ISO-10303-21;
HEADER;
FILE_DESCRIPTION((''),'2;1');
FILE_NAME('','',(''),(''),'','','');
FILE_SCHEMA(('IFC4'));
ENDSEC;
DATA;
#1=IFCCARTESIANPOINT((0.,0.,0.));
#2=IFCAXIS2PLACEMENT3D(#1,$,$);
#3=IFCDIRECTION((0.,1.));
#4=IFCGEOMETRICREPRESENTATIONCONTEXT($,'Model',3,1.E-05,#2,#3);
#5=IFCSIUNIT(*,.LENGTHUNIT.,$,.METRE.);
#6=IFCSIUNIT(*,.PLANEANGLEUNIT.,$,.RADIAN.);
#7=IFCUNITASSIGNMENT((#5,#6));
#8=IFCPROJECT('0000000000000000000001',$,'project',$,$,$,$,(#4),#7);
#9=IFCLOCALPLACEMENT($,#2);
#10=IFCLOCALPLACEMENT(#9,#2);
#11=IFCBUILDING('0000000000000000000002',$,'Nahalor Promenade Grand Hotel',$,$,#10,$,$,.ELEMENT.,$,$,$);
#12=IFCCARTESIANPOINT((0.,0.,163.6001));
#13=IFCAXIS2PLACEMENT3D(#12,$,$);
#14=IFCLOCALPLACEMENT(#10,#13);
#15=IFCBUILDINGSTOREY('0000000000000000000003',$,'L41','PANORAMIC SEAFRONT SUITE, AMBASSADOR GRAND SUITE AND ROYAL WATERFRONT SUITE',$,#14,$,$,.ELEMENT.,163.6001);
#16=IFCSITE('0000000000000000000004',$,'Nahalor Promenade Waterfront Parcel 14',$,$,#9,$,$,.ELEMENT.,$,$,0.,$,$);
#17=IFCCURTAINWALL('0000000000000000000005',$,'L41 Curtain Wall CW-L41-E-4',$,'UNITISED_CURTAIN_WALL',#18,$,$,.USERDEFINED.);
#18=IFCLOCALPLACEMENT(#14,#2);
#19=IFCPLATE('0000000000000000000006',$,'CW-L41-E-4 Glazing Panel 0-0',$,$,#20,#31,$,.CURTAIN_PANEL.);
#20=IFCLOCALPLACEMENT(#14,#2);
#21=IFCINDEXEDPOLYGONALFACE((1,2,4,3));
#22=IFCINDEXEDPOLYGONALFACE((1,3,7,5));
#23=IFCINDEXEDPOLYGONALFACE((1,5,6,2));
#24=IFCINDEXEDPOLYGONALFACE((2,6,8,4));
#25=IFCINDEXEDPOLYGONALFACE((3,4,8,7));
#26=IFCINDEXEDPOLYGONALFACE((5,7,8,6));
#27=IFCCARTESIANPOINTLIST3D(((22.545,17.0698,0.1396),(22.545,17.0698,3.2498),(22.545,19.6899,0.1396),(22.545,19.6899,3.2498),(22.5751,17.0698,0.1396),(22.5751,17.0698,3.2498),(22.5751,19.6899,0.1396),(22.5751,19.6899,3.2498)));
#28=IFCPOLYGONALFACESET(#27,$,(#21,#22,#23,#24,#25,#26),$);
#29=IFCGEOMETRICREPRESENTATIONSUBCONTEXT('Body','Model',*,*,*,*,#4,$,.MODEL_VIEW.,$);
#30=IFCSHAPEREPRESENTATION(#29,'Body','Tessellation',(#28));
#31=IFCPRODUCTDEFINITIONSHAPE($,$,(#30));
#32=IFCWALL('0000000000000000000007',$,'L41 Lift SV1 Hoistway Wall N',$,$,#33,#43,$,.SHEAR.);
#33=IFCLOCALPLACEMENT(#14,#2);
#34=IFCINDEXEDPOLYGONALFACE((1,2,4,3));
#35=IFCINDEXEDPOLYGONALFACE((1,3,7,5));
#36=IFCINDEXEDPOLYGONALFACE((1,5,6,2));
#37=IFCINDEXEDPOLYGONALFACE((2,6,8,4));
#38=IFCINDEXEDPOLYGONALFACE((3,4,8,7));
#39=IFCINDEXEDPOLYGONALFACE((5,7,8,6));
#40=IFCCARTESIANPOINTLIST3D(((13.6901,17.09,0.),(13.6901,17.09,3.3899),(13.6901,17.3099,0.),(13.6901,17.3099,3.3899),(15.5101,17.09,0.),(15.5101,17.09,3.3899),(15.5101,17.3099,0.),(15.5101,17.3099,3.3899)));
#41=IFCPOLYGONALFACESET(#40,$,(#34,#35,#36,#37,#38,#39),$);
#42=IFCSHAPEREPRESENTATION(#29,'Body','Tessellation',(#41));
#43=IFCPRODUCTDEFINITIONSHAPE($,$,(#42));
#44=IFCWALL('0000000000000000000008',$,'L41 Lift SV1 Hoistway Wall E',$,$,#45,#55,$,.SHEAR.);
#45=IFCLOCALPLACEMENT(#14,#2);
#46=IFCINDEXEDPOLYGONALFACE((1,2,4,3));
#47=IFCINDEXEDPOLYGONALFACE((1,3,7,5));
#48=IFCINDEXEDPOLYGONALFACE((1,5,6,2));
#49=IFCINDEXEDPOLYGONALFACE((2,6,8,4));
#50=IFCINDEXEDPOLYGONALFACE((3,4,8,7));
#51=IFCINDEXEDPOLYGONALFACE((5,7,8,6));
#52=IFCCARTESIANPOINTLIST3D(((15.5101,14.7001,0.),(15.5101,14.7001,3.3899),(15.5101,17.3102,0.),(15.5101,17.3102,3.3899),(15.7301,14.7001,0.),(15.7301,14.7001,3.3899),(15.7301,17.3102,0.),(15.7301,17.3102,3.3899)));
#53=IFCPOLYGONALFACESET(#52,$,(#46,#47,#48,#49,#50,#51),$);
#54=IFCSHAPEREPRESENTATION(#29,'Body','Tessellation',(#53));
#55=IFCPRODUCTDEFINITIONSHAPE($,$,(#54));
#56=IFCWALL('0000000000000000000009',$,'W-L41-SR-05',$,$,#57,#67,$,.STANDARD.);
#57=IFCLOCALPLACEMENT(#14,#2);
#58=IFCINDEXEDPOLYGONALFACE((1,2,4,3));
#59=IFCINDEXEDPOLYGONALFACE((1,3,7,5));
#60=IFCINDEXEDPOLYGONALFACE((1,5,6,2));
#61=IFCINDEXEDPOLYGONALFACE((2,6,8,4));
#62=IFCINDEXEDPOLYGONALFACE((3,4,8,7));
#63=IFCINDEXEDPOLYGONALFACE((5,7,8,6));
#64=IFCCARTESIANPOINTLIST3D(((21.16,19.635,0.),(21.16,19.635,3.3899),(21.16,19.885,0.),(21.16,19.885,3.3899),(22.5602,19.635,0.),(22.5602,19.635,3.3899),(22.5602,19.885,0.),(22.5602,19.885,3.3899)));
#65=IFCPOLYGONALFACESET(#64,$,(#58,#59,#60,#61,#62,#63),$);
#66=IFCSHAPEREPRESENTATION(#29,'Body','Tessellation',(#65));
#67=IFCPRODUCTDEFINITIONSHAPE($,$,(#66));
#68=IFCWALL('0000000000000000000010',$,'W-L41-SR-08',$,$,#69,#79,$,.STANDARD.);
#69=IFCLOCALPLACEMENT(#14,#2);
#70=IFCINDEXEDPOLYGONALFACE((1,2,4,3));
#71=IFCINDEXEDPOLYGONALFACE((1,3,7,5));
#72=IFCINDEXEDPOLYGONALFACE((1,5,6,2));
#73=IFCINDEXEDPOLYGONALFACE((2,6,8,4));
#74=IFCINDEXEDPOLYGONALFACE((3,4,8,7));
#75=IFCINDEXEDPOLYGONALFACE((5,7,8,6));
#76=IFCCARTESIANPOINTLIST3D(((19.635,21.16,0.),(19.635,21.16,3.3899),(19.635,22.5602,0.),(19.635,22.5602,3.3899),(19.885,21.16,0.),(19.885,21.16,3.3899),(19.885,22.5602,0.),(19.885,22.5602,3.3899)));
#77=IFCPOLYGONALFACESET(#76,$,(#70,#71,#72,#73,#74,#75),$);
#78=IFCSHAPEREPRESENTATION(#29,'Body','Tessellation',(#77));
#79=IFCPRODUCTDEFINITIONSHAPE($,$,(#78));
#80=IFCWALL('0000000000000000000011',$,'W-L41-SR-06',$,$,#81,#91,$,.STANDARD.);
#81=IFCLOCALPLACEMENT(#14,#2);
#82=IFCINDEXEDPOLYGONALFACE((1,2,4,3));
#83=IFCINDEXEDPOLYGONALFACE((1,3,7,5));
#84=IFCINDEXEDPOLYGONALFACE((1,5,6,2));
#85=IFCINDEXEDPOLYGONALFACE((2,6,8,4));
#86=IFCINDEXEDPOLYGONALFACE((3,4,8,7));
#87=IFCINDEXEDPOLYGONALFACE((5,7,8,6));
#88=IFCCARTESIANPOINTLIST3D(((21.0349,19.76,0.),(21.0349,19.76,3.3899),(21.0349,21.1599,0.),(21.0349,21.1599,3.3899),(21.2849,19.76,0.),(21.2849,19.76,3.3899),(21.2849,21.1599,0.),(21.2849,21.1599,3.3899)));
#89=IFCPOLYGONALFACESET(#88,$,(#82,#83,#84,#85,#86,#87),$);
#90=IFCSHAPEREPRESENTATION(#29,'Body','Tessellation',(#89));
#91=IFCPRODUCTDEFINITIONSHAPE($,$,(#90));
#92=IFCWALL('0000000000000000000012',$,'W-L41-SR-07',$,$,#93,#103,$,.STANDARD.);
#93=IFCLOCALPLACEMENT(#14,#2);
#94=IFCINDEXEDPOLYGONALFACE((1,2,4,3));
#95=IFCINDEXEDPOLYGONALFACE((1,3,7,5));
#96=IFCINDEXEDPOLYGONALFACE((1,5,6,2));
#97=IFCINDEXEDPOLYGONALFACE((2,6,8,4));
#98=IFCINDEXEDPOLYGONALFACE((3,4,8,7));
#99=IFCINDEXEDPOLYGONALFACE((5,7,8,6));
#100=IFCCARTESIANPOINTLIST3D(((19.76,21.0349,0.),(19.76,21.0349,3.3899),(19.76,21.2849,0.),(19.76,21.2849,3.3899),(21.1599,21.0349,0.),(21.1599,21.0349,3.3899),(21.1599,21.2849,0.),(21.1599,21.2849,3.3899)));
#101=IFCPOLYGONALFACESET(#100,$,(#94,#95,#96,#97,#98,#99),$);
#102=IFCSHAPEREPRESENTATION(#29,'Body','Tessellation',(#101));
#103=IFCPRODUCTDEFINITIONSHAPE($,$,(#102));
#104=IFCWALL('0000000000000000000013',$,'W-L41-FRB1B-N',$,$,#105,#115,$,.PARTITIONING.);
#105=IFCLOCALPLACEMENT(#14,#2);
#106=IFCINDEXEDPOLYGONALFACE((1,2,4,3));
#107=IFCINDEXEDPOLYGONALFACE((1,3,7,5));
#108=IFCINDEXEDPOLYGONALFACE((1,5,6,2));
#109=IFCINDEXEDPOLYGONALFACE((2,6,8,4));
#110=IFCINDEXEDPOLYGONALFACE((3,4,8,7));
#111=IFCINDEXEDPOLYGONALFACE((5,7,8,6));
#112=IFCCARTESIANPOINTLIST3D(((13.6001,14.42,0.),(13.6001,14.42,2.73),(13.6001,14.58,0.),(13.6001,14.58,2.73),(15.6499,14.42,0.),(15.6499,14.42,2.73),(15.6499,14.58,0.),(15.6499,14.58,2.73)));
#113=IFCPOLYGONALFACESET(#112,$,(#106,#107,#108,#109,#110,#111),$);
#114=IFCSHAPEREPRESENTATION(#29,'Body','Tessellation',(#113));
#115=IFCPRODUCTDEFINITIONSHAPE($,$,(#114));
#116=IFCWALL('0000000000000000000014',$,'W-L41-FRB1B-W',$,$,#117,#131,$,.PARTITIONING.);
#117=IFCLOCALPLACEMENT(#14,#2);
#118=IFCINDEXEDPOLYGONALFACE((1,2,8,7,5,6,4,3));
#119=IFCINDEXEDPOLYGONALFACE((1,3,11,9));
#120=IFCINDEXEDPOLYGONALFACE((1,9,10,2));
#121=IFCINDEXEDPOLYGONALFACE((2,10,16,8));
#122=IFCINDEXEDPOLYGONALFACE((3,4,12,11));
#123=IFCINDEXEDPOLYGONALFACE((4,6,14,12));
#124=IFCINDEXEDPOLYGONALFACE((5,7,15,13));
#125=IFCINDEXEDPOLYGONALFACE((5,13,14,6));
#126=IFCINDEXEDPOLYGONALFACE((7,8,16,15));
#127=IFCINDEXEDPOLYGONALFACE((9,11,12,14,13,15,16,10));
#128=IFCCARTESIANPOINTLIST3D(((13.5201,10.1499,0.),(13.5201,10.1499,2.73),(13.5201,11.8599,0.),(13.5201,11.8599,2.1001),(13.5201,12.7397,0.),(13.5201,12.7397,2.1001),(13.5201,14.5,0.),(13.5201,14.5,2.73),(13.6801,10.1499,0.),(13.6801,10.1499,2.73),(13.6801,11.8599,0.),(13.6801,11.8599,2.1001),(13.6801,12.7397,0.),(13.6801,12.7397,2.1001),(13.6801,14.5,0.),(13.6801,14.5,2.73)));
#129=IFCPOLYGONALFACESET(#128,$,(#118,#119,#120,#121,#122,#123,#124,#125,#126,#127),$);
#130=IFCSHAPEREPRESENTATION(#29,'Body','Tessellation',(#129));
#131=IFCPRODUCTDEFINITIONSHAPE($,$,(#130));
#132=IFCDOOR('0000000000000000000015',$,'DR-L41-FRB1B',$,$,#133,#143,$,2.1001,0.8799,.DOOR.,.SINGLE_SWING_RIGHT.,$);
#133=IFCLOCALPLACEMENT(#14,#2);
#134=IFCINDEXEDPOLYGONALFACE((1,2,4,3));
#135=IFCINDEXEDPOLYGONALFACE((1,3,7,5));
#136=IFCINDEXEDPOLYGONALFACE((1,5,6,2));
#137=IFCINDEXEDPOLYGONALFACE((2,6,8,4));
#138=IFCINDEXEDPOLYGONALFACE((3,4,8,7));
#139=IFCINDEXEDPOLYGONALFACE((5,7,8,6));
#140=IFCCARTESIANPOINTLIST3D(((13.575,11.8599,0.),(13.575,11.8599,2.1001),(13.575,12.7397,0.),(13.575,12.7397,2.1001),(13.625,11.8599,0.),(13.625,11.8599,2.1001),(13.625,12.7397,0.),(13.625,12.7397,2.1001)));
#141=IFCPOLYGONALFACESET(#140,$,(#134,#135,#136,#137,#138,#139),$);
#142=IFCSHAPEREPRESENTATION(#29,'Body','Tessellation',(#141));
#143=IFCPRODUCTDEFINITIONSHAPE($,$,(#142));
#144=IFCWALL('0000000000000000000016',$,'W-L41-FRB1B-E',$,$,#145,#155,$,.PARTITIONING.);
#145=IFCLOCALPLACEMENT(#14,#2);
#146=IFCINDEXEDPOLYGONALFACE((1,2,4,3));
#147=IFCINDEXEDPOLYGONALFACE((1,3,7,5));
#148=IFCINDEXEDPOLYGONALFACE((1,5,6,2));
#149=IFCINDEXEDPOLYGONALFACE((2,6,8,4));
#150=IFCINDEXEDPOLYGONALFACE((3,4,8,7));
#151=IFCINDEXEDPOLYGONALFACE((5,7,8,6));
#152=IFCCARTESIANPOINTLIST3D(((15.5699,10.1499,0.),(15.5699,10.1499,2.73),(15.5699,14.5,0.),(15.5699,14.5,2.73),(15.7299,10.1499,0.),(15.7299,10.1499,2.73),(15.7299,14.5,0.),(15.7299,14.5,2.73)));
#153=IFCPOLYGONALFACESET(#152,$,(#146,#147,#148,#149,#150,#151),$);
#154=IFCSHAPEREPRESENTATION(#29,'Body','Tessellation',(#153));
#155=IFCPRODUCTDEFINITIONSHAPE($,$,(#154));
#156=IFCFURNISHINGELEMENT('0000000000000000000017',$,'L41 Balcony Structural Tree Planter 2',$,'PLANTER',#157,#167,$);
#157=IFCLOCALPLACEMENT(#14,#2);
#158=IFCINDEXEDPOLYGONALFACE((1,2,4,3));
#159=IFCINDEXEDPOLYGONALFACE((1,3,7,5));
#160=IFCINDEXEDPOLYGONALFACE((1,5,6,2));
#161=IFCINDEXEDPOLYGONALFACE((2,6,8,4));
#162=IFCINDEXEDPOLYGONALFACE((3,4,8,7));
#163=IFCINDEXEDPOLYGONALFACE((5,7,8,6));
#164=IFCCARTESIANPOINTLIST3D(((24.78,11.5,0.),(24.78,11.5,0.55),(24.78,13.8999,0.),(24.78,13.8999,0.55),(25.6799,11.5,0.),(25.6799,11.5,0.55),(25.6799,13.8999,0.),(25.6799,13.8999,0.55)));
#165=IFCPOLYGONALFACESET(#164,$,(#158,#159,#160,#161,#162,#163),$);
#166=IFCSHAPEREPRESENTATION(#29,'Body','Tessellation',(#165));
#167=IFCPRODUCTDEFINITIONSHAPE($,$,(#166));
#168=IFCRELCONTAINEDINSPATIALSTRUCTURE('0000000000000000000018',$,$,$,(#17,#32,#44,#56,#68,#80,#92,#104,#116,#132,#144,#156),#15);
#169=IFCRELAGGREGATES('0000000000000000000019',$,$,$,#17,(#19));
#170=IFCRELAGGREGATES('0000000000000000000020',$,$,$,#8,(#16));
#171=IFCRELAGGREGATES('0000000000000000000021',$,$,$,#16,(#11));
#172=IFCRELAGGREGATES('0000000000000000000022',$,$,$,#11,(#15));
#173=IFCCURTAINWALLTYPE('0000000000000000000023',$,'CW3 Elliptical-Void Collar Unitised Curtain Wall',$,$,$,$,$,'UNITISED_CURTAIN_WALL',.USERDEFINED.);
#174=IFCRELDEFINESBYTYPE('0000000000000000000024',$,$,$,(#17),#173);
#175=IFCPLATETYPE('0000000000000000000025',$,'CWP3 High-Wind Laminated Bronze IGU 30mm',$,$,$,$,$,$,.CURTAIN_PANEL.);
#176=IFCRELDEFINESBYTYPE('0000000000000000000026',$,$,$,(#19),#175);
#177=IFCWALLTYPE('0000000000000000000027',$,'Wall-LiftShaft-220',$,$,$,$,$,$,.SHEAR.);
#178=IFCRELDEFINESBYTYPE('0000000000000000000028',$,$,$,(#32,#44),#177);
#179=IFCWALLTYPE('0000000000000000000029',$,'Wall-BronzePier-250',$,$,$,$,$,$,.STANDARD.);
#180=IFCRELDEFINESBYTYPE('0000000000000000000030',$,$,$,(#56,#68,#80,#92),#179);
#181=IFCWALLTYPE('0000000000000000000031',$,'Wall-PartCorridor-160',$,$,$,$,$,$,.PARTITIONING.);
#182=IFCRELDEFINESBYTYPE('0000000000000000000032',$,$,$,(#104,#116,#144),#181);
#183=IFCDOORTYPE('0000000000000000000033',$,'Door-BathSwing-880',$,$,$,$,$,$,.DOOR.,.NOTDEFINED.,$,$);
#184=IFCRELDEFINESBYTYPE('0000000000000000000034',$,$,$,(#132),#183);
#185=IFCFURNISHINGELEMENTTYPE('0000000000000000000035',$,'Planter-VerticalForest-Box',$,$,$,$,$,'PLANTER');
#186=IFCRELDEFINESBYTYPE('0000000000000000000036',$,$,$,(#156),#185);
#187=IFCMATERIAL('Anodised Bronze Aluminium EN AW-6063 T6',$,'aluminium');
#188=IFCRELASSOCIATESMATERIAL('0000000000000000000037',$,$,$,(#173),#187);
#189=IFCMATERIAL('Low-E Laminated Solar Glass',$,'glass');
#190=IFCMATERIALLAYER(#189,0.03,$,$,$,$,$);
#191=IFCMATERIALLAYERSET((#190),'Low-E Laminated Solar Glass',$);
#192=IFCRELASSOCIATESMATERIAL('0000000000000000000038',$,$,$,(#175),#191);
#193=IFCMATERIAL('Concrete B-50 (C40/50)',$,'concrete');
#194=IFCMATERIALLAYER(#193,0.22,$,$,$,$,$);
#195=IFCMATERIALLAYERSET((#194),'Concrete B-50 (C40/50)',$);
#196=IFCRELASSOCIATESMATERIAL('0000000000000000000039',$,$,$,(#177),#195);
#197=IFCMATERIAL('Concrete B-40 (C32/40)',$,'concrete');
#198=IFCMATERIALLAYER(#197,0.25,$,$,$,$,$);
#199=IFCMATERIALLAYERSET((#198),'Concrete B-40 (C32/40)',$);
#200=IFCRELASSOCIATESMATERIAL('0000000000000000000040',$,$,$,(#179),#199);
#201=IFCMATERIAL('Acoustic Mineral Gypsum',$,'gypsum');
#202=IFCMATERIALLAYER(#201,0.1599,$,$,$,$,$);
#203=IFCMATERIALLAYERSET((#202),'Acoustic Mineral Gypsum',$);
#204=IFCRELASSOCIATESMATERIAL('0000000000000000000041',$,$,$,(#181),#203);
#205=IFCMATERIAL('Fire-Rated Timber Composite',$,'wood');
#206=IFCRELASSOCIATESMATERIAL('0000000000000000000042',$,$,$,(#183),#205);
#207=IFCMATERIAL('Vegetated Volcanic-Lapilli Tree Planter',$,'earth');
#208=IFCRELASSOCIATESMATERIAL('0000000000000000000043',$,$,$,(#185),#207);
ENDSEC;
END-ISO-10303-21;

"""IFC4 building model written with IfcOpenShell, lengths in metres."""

from ifc_helpers import new_model, si_unit, direction, frame, frame_2d, origin, origin_2d, place, context, subcontext, project, spatial, rectangle, extrude, source, transform, mapped, material, layer, layer_set, type_object, element, fill, aggregate, save


model = new_model("IFC4")

# Units and contexts
model_context = context("Model", 3, precision=1e-05, world=origin(), true_north=direction((0.0, 1.0)))
body_context = subcontext(model_context, "Body", "Model", "MODEL_VIEW")
ifc_project = project(units=[si_unit("LENGTHUNIT", "METRE"), si_unit("PLANEANGLEUNIT", "RADIAN")], contexts=[model_context])

# Site, building, storey
site_placement = place(None, origin())
site = spatial("IfcSite", under=ifc_project, at=site_placement, Name="Nahalor Promenade Waterfront Parcel 14", CompositionType="ELEMENT", RefElevation=0.0)
building_placement = place(site_placement, origin())
building = spatial("IfcBuilding", under=site, at=building_placement, Name="Nahalor Promenade Grand Hotel", CompositionType="ELEMENT")
storey_placement = place(building_placement, frame((0.0, 0.0, 163.6001)))
storey = spatial("IfcBuildingStorey", under=building, at=storey_placement, Name="L41", Description="PANORAMIC SEAFRONT SUITE, AMBASSADOR GRAND SUITE AND ROYAL WATERFRONT SUITE", CompositionType="ELEMENT", Elevation=163.6001)

# Curtain wall
ifc_material_1 = material(Name="Anodised Bronze Aluminium EN AW-6063 T6", Category="aluminium")
curtain_wall_type = type_object("IfcCurtainWallType", Name="CW3 Elliptical-Void Collar Unitised Curtain Wall", ElementType="UNITISED_CURTAIN_WALL", PredefinedType="USERDEFINED", material=ifc_material_1)
curtain_wall_1_placement = place(storey_placement, origin())
curtain_wall_1 = element("IfcCurtainWall", 1, at=curtain_wall_1_placement, inside=storey, type_object=curtain_wall_type, Name="L41 Curtain Wall CW-L41-E-4", ObjectType="UNITISED_CURTAIN_WALL", PredefinedType="USERDEFINED")

# Plate
ifc_material_2 = material(Name="Low-E Laminated Solar Glass", Category="glass")
ifc_layer_1 = layer(ifc_material_2, 0.03)
ifc_layer_set_1 = layer_set([ifc_layer_1], Name="Low-E Laminated Solar Glass")
plate_type = type_object("IfcPlateType", Name="CWP3 High-Wind Laminated Bronze IGU 30mm", PredefinedType="CURTAIN_PANEL", material=ifc_layer_set_1)
shared_shape_1 = source(origin(), body_context, "Body", "SweptSolid", [
    extrude(rectangle(XDim=2.6201, YDim=0.03, at=origin_2d()), origin(), (0.0, 0.0, 1.0), 3.1101),
])
plate_1_placement = place(storey_placement, frame((22.5601, 18.3799, 0.1396), z_axis=(0.0, 0.0, 1.0), x_axis=(0.0, 1.0, 0.0)))
plate_1 = element("IfcPlate", 2, at=plate_1_placement, type_object=plate_type, Name="CW-L41-E-4 Glazing Panel 0-0", PredefinedType="CURTAIN_PANEL", context=body_context, shape_type="MappedRepresentation", body=[
    mapped(shared_shape_1, transform((0.0, 0.0, 0.0), scale=1.0)),
])
aggregate(curtain_wall_1, [plate_1])

# Walls
ifc_material_3 = material(Name="Concrete B-50 (C40/50)", Category="concrete")
ifc_layer_2 = layer(ifc_material_3, 0.22)
ifc_layer_set_2 = layer_set([ifc_layer_2], Name="Concrete B-50 (C40/50)")
wall_type_1 = type_object("IfcWallType", Name="Wall-LiftShaft-220", PredefinedType="SHEAR", material=ifc_layer_set_2)
shared_shape_2 = source(origin(), body_context, "Body", "SweptSolid", [
    extrude(rectangle(XDim=1.8201, YDim=0.22, at=frame_2d((0.9102, 0.0))), origin(), (0.0, 0.0, 1.0), 3.3899),
])
wall_1_placement = place(storey_placement, frame((13.6899, 17.2, 0.0), z_axis=(0.0, 0.0, 1.0), x_axis=(1.0, 0.0, 0.0)))
element("IfcWall", 3, at=wall_1_placement, inside=storey, type_object=wall_type_1, Name="L41 Lift SV1 Hoistway Wall N", PredefinedType="SHEAR", context=body_context, shape_type="MappedRepresentation", body=[
    mapped(shared_shape_2, transform((0.0, 0.0, 0.0), scale=1.0)),
])
shared_shape_3 = source(origin(), body_context, "Body", "SweptSolid", [
    extrude(rectangle(XDim=2.6101, YDim=0.22, at=frame_2d((1.3052, 0.0))), origin(), (0.0, 0.0, 1.0), 3.3899),
])
wall_2_placement = place(storey_placement, frame((15.6201, 14.7, 0.0), z_axis=(0.0, 0.0, 1.0), x_axis=(0.0, 1.0, 0.0)))
element("IfcWall", 4, at=wall_2_placement, inside=storey, type_object=wall_type_1, Name="L41 Lift SV1 Hoistway Wall E", PredefinedType="SHEAR", context=body_context, shape_type="MappedRepresentation", body=[
    mapped(shared_shape_3, transform((0.0, 0.0, 0.0), scale=1.0)),
])
ifc_material_4 = material(Name="Concrete B-40 (C32/40)", Category="concrete")
ifc_layer_3 = layer(ifc_material_4, 0.25)
ifc_layer_set_3 = layer_set([ifc_layer_3], Name="Concrete B-40 (C32/40)")
wall_type_2 = type_object("IfcWallType", Name="Wall-BronzePier-250", PredefinedType="STANDARD", material=ifc_layer_set_3)
shared_shape_4 = source(origin(), body_context, "Body", "SweptSolid", [
    extrude(rectangle(XDim=1.4001, YDim=0.25, at=frame_2d((0.7002, 0.0))), origin(), (0.0, 0.0, 1.0), 3.3899),
])
for number, where, z_axis, x_axis, name in (
    (5, (21.1599, 19.76, 0.0), (0.0, 0.0, 1.0), (1.0, 0.0, 0.0), "W-L41-SR-05"),
    (6, (19.76, 21.1599, 0.0), (0.0, 0.0, 1.0), (0.0, 1.0, 0.0), "W-L41-SR-08"),
):
    element("IfcWall", number, at=place(storey_placement, frame(where, z_axis=z_axis, x_axis=x_axis)), inside=storey, type_object=wall_type_2, Name=name, PredefinedType="STANDARD", context=body_context, shape_type="MappedRepresentation", body=[
        mapped(shared_shape_4, transform((0.0, 0.0, 0.0), scale=1.0)),
    ])
shared_shape_5 = source(origin(), body_context, "Body", "SweptSolid", [
    extrude(rectangle(XDim=1.3999, YDim=0.25, at=frame_2d((0.7, 0.0))), origin(), (0.0, 0.0, 1.0), 3.3899),
])
for number, where, z_axis, x_axis, name in (
    (7, (21.1599, 19.76, 0.0), (0.0, 0.0, 1.0), (0.0, 1.0, 0.0), "W-L41-SR-06"),
    (8, (19.76, 21.1599, 0.0), (0.0, 0.0, 1.0), (1.0, 0.0, 0.0), "W-L41-SR-07"),
):
    element("IfcWall", number, at=place(storey_placement, frame(where, z_axis=z_axis, x_axis=x_axis)), inside=storey, type_object=wall_type_2, Name=name, PredefinedType="STANDARD", context=body_context, shape_type="MappedRepresentation", body=[
        mapped(shared_shape_5, transform((0.0, 0.0, 0.0), scale=1.0)),
    ])
ifc_material_5 = material(Name="Acoustic Mineral Gypsum", Category="gypsum")
ifc_layer_4 = layer(ifc_material_5, 0.1599)
ifc_layer_set_4 = layer_set([ifc_layer_4], Name="Acoustic Mineral Gypsum")
wall_type_3 = type_object("IfcWallType", Name="Wall-PartCorridor-160", PredefinedType="PARTITIONING", material=ifc_layer_set_4)
shared_shape_6 = source(origin(), body_context, "Body", "SweptSolid", [
    extrude(rectangle(XDim=2.0498, YDim=0.1599, at=frame_2d((1.0249, 0.0))), origin(), (0.0, 0.0, 1.0), 2.73),
])
wall_3_placement = place(storey_placement, frame((13.6001, 14.5, 0.0), z_axis=(0.0, 0.0, 1.0), x_axis=(1.0, 0.0, 0.0)))
element("IfcWall", 9, at=wall_3_placement, inside=storey, type_object=wall_type_3, Name="W-L41-FRB1B-N", PredefinedType="PARTITIONING", context=body_context, shape_type="MappedRepresentation", body=[
    mapped(shared_shape_6, transform((0.0, 0.0, 0.0), scale=1.0)),
])

# Wall, opening, door
shared_shape_7 = source(origin(), body_context, "Body", "SweptSolid", [
    extrude(rectangle(XDim=4.3501, YDim=0.1599, at=frame_2d((2.175, 0.0))), origin(), (0.0, 0.0, 1.0), 2.73),
])
wall_4_placement = place(storey_placement, frame((13.6001, 10.1499, 0.0), z_axis=(0.0, 0.0, 1.0), x_axis=(0.0, 1.0, 0.0)))
wall_4 = element("IfcWall", 10, at=wall_4_placement, inside=storey, type_object=wall_type_3, Name="W-L41-FRB1B-W", PredefinedType="PARTITIONING", context=body_context, shape_type="MappedRepresentation", body=[
    mapped(shared_shape_7, transform((0.0, 0.0, 0.0), scale=1.0)),
])
opening_placement = place(wall_4_placement, frame((1.71, 0.0, 0.0)))
opening = element("IfcOpeningElement", 11, at=opening_placement, cuts=wall_4, PredefinedType="OPENING", context=body_context, shape_type="SweptSolid", body=[
    extrude(rectangle(XDim=0.8799, YDim=2.1001, at=frame_2d((0.4399, 1.05))), frame((0.0, 0.0898, 0.0), z_axis=(0.0, -1.0, 0.0), x_axis=(1.0, 0.0, 0.0)), (0.0, 0.0, 1.0), 0.1799),
])
ifc_material_6 = material(Name="Fire-Rated Timber Composite", Category="wood")
door_type = type_object("IfcDoorType", Name="Door-BathSwing-880", OperationType="NOTDEFINED", PredefinedType="DOOR", material=ifc_material_6)
shared_shape_8 = source(origin(), body_context, "Body", "SweptSolid", [
    extrude(rectangle(XDim=0.8799, YDim=2.1001, at=frame_2d((0.4399, 1.05))), frame((0.0, 0.0249, 0.0), z_axis=(0.0, -1.0, 0.0), x_axis=(1.0, 0.0, 0.0)), (0.0, 0.0, 1.0), 0.05),
])
door_placement = place(opening_placement, frame((0.8799, 0.0, 0.0), z_axis=(0.0, 0.0, 1.0), x_axis=(-1.0, 0.0, 0.0)))
door = element("IfcDoor", 12, at=door_placement, inside=storey, type_object=door_type, Name="DR-L41-FRB1B", OperationType="SINGLE_SWING_RIGHT", OverallHeight=2.1001, OverallWidth=0.8799, PredefinedType="DOOR", context=body_context, shape_type="MappedRepresentation", body=[
    mapped(shared_shape_8, transform((0.0, 0.0, 0.0), scale=1.0)),
])
fill(opening, door)

# Wall
wall_5_placement = place(storey_placement, frame((15.6499, 10.1499, 0.0), z_axis=(0.0, 0.0, 1.0), x_axis=(0.0, 1.0, 0.0)))
element("IfcWall", 13, at=wall_5_placement, inside=storey, type_object=wall_type_3, Name="W-L41-FRB1B-E", PredefinedType="PARTITIONING", context=body_context, shape_type="MappedRepresentation", body=[
    mapped(shared_shape_7, transform((0.0, 0.0, 0.0), scale=1.0)),
])

# Furnishing element
ifc_material_7 = material(Name="Vegetated Volcanic-Lapilli Tree Planter", Category="earth")
furnishing_element_type = type_object("IfcFurnishingElementType", Name="Planter-VerticalForest-Box", ElementType="PLANTER", material=ifc_material_7)
shared_shape_9 = source(origin(), body_context, "Body", "SweptSolid", [
    extrude(rectangle(XDim=2.3999, YDim=0.8999, at=origin_2d()), origin(), (0.0, 0.0, 1.0), 0.55),
])
furnishing_placement = place(storey_placement, frame((25.23, 12.7, 0.0), z_axis=(0.0, 0.0, 1.0), x_axis=(0.0, 1.0, 0.0)))
element("IfcFurnishingElement", 14, at=furnishing_placement, inside=storey, type_object=furnishing_element_type, Name="L41 Balcony Structural Tree Planter 2", ObjectType="PLANTER", context=body_context, shape_type="MappedRepresentation", body=[
    mapped(shared_shape_9, transform((0.0, 0.0, 0.0), scale=1.0)),
])

save(model, "model.ifc")
